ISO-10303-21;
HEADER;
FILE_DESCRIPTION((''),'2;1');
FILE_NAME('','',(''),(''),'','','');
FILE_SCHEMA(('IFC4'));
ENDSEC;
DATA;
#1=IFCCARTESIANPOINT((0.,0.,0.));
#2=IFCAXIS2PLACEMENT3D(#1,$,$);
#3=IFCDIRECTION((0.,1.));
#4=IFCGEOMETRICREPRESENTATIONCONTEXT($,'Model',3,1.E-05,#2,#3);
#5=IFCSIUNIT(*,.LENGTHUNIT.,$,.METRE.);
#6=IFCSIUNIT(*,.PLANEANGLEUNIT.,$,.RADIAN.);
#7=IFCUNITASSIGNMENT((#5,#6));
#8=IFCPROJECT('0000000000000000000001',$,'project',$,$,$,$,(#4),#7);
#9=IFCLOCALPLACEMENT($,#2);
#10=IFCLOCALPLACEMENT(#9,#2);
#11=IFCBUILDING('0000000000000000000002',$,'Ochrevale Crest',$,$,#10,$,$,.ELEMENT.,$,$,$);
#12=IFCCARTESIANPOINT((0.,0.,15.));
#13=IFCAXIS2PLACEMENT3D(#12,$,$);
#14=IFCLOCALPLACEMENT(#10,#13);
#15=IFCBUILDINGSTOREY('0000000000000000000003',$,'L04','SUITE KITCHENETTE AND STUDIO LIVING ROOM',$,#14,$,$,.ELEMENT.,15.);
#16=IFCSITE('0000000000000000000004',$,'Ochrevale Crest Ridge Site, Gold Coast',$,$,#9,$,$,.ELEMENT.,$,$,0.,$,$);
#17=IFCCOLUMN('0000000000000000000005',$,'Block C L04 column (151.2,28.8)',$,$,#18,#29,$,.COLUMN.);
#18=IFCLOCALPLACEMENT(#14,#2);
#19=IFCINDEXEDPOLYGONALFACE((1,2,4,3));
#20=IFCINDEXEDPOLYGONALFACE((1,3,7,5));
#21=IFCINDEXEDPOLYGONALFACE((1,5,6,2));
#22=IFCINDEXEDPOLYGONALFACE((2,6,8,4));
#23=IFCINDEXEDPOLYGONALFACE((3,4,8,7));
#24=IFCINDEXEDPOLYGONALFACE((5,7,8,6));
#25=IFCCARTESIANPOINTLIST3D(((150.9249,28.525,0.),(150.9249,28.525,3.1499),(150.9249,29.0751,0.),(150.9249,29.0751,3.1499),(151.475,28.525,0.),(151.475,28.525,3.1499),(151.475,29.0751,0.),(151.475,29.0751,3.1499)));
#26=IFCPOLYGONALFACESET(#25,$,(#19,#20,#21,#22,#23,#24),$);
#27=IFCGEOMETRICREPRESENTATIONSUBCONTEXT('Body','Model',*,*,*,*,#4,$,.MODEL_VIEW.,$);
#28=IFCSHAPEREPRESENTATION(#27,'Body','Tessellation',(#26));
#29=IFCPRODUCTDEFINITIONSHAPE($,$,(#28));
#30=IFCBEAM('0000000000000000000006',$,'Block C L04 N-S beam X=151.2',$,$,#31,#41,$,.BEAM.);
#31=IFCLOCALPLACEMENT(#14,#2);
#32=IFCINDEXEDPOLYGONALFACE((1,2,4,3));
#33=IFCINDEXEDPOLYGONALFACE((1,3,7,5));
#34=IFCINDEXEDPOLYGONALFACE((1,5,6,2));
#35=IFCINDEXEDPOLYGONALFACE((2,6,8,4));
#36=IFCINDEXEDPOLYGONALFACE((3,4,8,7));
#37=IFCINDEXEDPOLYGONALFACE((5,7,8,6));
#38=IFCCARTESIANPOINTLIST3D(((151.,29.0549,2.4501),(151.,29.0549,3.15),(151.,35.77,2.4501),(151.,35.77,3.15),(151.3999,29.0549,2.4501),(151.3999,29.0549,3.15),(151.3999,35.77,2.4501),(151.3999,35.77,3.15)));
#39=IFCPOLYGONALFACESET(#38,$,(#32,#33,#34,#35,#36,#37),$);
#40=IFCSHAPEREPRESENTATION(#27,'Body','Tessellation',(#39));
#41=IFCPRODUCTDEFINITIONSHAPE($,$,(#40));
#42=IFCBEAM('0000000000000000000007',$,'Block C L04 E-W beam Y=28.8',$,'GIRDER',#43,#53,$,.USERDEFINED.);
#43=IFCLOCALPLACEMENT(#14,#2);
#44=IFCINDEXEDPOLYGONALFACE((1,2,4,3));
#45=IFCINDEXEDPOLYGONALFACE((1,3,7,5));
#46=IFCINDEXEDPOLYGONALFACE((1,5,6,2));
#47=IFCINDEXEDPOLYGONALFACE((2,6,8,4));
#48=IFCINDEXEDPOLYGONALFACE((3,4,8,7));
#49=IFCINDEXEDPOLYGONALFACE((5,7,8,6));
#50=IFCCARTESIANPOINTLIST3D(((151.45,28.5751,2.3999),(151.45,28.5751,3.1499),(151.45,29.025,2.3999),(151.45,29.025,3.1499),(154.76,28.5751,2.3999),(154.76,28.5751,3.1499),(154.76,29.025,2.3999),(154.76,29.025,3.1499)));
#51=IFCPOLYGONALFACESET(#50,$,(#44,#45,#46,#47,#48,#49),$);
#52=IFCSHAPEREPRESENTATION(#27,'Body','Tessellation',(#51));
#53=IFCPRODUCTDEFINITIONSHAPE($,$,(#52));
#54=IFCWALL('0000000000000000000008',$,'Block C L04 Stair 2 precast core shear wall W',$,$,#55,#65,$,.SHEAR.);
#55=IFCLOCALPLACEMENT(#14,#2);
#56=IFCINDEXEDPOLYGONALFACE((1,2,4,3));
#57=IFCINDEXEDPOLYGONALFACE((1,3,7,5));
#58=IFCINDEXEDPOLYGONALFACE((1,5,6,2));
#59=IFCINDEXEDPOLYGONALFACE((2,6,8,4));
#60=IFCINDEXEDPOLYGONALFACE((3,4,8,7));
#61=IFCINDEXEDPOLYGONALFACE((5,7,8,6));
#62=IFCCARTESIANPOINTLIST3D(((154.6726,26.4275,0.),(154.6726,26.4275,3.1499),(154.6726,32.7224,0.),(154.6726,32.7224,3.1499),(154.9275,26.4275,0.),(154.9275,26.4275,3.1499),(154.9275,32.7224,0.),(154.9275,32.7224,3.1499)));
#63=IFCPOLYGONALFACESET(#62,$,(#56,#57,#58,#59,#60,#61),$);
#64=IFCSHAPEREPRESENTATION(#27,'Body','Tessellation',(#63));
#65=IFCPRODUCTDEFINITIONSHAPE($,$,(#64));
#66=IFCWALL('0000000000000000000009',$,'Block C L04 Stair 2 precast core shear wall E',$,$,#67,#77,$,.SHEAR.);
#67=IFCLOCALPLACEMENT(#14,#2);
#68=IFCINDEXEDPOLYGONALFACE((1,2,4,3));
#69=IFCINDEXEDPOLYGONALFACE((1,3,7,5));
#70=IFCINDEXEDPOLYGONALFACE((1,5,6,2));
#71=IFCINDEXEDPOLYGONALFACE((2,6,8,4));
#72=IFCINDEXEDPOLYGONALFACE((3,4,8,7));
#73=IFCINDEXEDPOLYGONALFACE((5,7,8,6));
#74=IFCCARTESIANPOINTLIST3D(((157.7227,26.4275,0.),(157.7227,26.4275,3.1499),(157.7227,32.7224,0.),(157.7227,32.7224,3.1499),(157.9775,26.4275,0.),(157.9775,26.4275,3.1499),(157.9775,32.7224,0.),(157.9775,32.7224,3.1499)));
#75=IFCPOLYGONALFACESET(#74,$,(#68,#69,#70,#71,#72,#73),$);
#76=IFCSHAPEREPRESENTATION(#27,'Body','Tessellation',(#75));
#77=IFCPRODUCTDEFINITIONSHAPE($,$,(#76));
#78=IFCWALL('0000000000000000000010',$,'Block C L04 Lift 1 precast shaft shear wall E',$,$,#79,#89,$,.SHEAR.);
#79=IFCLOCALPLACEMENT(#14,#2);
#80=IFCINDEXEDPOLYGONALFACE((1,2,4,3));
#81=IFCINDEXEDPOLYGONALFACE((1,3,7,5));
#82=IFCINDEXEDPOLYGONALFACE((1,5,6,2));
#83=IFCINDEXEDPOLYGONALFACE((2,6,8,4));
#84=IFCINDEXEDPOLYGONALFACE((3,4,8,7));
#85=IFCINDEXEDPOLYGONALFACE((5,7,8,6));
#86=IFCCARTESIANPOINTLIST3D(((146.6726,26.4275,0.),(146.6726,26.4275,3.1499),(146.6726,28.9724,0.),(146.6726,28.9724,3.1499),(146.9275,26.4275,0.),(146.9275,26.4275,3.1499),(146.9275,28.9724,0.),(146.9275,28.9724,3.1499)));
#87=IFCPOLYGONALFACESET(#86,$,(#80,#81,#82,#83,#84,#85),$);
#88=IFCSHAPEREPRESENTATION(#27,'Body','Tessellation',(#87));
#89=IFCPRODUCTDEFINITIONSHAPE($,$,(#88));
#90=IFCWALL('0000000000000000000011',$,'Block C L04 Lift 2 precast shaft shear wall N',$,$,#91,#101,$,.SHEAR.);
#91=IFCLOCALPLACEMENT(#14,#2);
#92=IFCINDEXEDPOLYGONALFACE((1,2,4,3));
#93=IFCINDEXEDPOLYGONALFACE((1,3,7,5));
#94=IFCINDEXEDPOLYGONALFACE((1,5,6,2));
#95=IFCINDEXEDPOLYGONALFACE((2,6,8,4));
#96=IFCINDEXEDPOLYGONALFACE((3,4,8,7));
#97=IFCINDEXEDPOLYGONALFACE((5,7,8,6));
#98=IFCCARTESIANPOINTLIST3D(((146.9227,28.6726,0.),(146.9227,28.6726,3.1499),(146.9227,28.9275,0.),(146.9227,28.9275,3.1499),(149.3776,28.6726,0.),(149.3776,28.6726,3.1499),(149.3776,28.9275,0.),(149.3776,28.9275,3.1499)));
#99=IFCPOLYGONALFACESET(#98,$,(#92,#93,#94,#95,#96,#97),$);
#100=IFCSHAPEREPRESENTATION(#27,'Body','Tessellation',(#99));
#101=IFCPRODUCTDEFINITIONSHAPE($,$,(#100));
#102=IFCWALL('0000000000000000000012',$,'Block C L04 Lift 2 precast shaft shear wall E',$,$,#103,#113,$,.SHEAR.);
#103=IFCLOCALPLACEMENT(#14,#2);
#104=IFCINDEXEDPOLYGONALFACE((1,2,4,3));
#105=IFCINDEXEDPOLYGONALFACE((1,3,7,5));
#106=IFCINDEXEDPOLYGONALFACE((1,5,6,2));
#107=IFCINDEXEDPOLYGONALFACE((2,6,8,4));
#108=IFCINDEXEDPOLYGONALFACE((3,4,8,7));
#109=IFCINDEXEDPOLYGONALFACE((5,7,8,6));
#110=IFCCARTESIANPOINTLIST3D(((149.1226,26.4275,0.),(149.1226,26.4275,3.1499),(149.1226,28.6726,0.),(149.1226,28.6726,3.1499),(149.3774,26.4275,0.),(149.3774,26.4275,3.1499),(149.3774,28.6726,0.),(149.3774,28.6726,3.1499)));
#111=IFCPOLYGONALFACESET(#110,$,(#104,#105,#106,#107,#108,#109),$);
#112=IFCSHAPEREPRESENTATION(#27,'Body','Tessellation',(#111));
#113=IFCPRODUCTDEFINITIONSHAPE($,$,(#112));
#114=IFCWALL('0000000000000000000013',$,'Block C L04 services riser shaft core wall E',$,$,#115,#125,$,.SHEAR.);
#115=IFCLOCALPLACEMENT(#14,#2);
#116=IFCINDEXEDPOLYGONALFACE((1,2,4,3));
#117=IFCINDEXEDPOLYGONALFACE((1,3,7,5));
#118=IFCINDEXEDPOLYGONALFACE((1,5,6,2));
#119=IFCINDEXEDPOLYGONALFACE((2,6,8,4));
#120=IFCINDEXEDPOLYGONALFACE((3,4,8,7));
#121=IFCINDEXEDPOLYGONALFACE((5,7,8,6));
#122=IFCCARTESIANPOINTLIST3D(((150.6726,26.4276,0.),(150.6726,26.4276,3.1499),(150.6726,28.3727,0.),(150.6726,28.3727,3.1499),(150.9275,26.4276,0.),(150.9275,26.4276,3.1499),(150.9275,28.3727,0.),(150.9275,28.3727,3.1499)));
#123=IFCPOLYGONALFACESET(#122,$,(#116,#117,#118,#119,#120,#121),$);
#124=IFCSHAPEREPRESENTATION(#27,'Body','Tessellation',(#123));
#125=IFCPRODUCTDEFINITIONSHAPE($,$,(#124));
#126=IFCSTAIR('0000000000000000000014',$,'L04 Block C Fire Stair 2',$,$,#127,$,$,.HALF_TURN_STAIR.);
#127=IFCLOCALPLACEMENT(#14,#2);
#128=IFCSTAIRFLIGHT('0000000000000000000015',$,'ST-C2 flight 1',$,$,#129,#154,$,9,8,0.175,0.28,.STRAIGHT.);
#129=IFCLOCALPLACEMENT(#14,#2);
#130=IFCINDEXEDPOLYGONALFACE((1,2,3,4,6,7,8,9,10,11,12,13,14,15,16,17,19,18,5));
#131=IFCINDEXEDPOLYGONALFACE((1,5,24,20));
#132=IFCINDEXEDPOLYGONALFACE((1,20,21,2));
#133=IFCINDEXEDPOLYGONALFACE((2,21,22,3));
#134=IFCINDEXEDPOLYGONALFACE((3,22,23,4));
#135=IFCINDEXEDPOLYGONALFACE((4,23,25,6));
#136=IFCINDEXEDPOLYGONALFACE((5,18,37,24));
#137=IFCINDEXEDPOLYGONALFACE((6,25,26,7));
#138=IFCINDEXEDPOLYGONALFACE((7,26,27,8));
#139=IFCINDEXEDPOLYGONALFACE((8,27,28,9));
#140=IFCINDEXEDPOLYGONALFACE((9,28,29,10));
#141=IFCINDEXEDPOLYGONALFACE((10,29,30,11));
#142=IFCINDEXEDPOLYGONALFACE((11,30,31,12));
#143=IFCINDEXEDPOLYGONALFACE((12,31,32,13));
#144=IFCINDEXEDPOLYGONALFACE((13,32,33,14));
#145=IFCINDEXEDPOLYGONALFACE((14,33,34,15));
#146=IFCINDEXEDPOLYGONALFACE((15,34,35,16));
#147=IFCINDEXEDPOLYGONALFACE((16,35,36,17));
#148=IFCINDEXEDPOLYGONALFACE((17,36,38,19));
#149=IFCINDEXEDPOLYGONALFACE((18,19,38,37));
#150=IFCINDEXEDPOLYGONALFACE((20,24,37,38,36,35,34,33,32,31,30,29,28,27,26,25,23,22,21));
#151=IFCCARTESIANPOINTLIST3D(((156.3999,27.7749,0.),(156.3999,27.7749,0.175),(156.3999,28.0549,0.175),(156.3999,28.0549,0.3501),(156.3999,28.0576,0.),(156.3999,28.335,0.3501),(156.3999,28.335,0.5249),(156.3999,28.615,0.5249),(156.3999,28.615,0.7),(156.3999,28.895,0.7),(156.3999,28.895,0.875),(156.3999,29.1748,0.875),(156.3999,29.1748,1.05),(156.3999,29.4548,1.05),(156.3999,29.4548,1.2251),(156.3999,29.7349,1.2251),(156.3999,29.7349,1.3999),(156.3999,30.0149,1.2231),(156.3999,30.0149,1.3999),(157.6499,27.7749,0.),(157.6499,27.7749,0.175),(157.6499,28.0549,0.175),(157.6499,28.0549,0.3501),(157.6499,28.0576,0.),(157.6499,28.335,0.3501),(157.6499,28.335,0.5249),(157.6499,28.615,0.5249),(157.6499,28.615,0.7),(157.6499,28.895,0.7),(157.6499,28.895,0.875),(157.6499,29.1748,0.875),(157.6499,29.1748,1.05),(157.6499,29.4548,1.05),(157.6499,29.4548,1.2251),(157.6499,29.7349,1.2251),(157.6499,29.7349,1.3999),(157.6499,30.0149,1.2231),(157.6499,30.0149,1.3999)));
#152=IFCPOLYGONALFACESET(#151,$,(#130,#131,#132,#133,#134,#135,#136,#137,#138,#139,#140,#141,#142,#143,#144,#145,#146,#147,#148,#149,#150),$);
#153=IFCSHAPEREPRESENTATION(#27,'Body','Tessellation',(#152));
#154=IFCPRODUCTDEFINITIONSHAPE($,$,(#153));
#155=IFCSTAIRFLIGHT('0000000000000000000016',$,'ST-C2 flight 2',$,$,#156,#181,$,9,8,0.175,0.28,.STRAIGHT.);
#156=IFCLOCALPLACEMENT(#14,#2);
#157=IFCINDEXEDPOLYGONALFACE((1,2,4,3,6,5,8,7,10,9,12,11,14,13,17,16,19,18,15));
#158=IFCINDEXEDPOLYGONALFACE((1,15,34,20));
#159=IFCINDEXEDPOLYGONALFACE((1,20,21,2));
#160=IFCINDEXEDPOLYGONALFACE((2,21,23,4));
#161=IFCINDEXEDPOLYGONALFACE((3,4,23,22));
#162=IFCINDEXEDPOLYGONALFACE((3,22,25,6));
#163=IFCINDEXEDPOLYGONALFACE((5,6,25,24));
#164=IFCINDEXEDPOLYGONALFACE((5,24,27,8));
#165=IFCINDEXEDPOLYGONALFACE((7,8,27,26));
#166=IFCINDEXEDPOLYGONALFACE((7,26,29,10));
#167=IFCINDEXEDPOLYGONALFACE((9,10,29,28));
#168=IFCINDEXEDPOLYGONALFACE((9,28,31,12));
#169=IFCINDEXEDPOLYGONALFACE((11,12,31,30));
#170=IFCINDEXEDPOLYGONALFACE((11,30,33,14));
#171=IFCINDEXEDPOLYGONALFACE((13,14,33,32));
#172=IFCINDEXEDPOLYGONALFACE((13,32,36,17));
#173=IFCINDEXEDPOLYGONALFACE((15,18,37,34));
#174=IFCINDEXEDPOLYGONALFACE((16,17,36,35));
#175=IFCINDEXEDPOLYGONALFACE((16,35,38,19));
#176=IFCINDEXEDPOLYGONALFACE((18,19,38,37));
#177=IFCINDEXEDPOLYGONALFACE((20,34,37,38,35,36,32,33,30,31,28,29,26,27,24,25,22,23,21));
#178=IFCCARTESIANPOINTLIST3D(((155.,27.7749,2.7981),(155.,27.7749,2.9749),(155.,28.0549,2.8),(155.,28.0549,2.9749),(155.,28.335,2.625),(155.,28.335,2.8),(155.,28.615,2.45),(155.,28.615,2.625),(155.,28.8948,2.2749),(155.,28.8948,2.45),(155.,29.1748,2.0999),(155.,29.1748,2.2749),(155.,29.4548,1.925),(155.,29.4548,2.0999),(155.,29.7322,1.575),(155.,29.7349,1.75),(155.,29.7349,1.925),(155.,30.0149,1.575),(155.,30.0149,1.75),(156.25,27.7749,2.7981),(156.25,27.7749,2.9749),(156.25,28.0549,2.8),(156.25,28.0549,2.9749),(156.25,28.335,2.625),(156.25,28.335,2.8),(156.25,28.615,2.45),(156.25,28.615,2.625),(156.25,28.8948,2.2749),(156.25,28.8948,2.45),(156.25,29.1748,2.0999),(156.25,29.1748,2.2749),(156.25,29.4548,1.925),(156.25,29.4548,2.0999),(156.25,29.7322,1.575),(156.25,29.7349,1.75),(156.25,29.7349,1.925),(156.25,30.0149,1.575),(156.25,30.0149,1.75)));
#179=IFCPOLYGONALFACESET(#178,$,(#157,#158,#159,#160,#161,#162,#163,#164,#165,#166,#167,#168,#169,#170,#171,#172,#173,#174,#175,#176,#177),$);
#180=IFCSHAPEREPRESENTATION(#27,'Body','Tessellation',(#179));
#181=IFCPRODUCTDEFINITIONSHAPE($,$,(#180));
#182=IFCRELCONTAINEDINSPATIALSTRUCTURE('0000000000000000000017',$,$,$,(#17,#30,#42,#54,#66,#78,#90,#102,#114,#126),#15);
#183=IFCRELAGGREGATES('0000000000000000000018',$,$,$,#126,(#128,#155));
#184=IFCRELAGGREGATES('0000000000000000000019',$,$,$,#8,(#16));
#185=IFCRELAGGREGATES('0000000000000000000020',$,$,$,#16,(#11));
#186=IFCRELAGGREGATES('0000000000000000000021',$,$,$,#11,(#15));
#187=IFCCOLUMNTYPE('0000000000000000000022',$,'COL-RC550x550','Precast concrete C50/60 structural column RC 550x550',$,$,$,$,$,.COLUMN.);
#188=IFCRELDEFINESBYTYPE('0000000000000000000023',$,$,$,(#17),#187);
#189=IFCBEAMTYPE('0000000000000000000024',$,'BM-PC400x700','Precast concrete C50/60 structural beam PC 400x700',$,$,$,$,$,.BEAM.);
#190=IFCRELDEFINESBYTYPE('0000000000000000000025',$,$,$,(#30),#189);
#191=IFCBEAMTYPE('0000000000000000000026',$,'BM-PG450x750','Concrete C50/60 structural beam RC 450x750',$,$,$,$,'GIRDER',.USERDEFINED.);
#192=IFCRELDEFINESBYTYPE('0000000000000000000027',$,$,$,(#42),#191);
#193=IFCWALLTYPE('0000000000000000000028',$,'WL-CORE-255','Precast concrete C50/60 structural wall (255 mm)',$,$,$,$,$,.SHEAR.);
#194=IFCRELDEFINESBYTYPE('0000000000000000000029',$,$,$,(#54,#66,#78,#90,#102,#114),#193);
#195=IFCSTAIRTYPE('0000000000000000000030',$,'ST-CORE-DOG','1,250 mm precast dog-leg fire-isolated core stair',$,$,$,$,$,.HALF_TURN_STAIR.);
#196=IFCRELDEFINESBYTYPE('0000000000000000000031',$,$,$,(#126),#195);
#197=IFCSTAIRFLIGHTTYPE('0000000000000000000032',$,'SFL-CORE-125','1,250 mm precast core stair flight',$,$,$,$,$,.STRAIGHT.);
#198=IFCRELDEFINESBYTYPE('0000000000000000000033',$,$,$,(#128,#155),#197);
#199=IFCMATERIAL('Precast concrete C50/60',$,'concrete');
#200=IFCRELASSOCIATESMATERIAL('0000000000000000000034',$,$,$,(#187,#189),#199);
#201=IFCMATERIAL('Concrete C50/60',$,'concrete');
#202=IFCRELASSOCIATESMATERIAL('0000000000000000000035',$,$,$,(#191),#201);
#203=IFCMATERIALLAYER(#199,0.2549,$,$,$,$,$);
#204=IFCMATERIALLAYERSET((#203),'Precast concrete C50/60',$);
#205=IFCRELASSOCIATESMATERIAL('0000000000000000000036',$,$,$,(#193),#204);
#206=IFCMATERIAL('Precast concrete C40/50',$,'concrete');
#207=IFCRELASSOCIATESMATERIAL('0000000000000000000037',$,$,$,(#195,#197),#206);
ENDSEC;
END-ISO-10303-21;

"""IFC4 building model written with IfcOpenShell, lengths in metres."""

from ifc_helpers import new_model, si_unit, direction, frame, frame_2d, origin, origin_2d, place, context, subcontext, project, spatial, polyline, rectangle, outline, extrude, material, layer, layer_set, material_profile, profile_set, type_object, element, aggregate, save


model = new_model("IFC4")

# Units and contexts
model_context = context("Model", 3, precision=1e-05, world=origin(), true_north=direction((0.0, 1.0)))
body_context = subcontext(model_context, "Body", "Model", "MODEL_VIEW")
ifc_project = project(units=[si_unit("LENGTHUNIT", "METRE"), si_unit("PLANEANGLEUNIT", "RADIAN")], contexts=[model_context])

# Site, building, storey
site_placement = place(None, origin())
site = spatial("IfcSite", under=ifc_project, at=site_placement, Name="Ochrevale Crest Ridge Site, Gold Coast", CompositionType="ELEMENT", RefElevation=0.0)
building_placement = place(site_placement, origin())
building = spatial("IfcBuilding", under=site, at=building_placement, Name="Ochrevale Crest", CompositionType="ELEMENT")
storey_placement = place(building_placement, frame((0.0, 0.0, 15.0)))
storey = spatial("IfcBuildingStorey", under=building, at=storey_placement, Name="L04", Description="SUITE KITCHENETTE AND STUDIO LIVING ROOM", CompositionType="ELEMENT", Elevation=15.0)

# Column
ifc_material_1 = material(Name="Precast concrete C50/60", Category="concrete")
ifc_material_profile_1 = material_profile(ifc_material_1, rectangle(XDim=0.55, YDim=0.55, at=origin_2d()), Name="RC 550x550")
ifc_profile_set_1 = profile_set([ifc_material_profile_1], Name="Precast concrete C50/60")
column_type = type_object("IfcColumnType", Name="COL-RC550x550", Description="Precast concrete C50/60 structural column RC 550x550", PredefinedType="COLUMN", material=ifc_profile_set_1)
column_placement = place(storey_placement, frame((151.2, 28.8, 0.0), z_axis=(0.0, 0.0, 1.0), x_axis=(1.0, 0.0, 0.0)))
element("IfcColumn", 1, at=column_placement, inside=storey, type_object=column_type, Name="Block C L04 column (151.2,28.8)", PredefinedType="COLUMN", context=body_context, shape_type="SweptSolid", body=[
    extrude(rectangle(XDim=0.55, YDim=0.55, at=origin_2d()), origin(), (0.0, 0.0, 1.0), 3.1499),
])

# Beams
ifc_material_profile_2 = material_profile(ifc_material_1, rectangle(XDim=0.3999, YDim=0.7, at=origin_2d()), Name="PC 400x700")
ifc_profile_set_2 = profile_set([ifc_material_profile_2], Name="Precast concrete C50/60")
beam_type_1 = type_object("IfcBeamType", Name="BM-PC400x700", Description="Precast concrete C50/60 structural beam PC 400x700", PredefinedType="BEAM", material=ifc_profile_set_2)
beam_1_placement = place(storey_placement, frame((151.2, 29.0549, 2.8), z_axis=(0.0, 1.0, 0.0), x_axis=(-1.0, 0.0, 0.0)))
element("IfcBeam", 2, at=beam_1_placement, inside=storey, type_object=beam_type_1, Name="Block C L04 N-S beam X=151.2", PredefinedType="BEAM", context=body_context, shape_type="SweptSolid", body=[
    extrude(rectangle(XDim=0.3999, YDim=0.7, at=origin_2d()), origin(), (0.0, 0.0, 1.0), 6.7151),
])
ifc_material_2 = material(Name="Concrete C50/60", Category="concrete")
ifc_material_profile_3 = material_profile(ifc_material_2, rectangle(XDim=0.45, YDim=0.75, at=origin_2d()), Name="RC 450x750")
ifc_profile_set_3 = profile_set([ifc_material_profile_3], Name="Concrete C50/60")
beam_type_2 = type_object("IfcBeamType", Name="BM-PG450x750", Description="Concrete C50/60 structural beam RC 450x750", ElementType="GIRDER", PredefinedType="USERDEFINED", material=ifc_profile_set_3)
beam_2_placement = place(storey_placement, frame((151.45, 28.8, 2.7749), z_axis=(1.0, 0.0, 0.0), x_axis=(0.0, 1.0, 0.0)))
element("IfcBeam", 3, at=beam_2_placement, inside=storey, type_object=beam_type_2, Name="Block C L04 E-W beam Y=28.8", ObjectType="GIRDER", PredefinedType="USERDEFINED", context=body_context, shape_type="SweptSolid", body=[
    extrude(rectangle(XDim=0.45, YDim=0.75, at=origin_2d()), origin(), (0.0, 0.0, 1.0), 3.3101),
])

# Shared definitions
ifc_layer = layer(ifc_material_1, 0.2549)
ifc_layer_set = layer_set([ifc_layer], Name="Precast concrete C50/60")
wall_type = type_object("IfcWallType", Name="WL-CORE-255", Description="Precast concrete C50/60 structural wall (255 mm)", PredefinedType="SHEAR", material=ifc_layer_set)

# Walls
for number, where, z_axis, x_axis, name in (
    (4, (154.8, 26.4275, 0.0), (0.0, 0.0, 1.0), (0.0, 1.0, 0.0), "Block C L04 Stair 2 precast core shear wall W"),
    (5, (157.8501, 26.4275, 0.0), (0.0, 0.0, 1.0), (0.0, 1.0, 0.0), "Block C L04 Stair 2 precast core shear wall E"),
):
    element("IfcWall", number, at=place(storey_placement, frame(where, z_axis=z_axis, x_axis=x_axis)), inside=storey, type_object=wall_type, Name=name, PredefinedType="SHEAR", context=body_context, shape_type="SweptSolid", body=[
        extrude(rectangle(XDim=6.2949, YDim=0.2549, at=frame_2d((3.1475, 0.0))), origin(), (0.0, 0.0, 1.0), 3.1499),
    ])
wall_1_placement = place(storey_placement, frame((146.8, 26.4275, 0.0), z_axis=(0.0, 0.0, 1.0), x_axis=(0.0, 1.0, 0.0)))
element("IfcWall", 6, at=wall_1_placement, inside=storey, type_object=wall_type, Name="Block C L04 Lift 1 precast shaft shear wall E", PredefinedType="SHEAR", context=body_context, shape_type="SweptSolid", body=[
    extrude(rectangle(XDim=2.5449, YDim=0.2549, at=frame_2d((1.2725, 0.0))), origin(), (0.0, 0.0, 1.0), 3.1499),
])

# Walls
wall_2_placement = place(storey_placement, frame((146.9226, 28.8, 0.0), z_axis=(0.0, 0.0, 1.0), x_axis=(1.0, 0.0, 0.0)))
element("IfcWall", 7, at=wall_2_placement, inside=storey, type_object=wall_type, Name="Block C L04 Lift 2 precast shaft shear wall N", PredefinedType="SHEAR", context=body_context, shape_type="SweptSolid", body=[
    extrude(rectangle(XDim=2.4548, YDim=0.2549, at=frame_2d((1.2275, 0.0))), origin(), (0.0, 0.0, 1.0), 3.1499),
])
wall_3_placement = place(storey_placement, frame((149.25, 26.4275, 0.0), z_axis=(0.0, 0.0, 1.0), x_axis=(0.0, 1.0, 0.0)))
element("IfcWall", 8, at=wall_3_placement, inside=storey, type_object=wall_type, Name="Block C L04 Lift 2 precast shaft shear wall E", PredefinedType="SHEAR", context=body_context, shape_type="SweptSolid", body=[
    extrude(rectangle(XDim=2.2451, YDim=0.2549, at=frame_2d((1.1226, 0.0))), origin(), (0.0, 0.0, 1.0), 3.1499),
])
wall_4_placement = place(storey_placement, frame((150.8, 26.4275, 0.0), z_axis=(0.0, 0.0, 1.0), x_axis=(0.0, 1.0, 0.0)))
element("IfcWall", 9, at=wall_4_placement, inside=storey, type_object=wall_type, Name="Block C L04 services riser shaft core wall E", PredefinedType="SHEAR", context=body_context, shape_type="SweptSolid", body=[
    extrude(rectangle(XDim=1.9451, YDim=0.2549, at=frame_2d((0.9727, 0.0))), origin(), (0.0, 0.0, 1.0), 3.1499),
])

# Stair, stair flights
ifc_material_3 = material(Name="Precast concrete C40/50", Category="concrete")
stair_type = type_object("IfcStairType", Name="ST-CORE-DOG", Description="1,250 mm precast dog-leg fire-isolated core stair", PredefinedType="HALF_TURN_STAIR", material=ifc_material_3)
stair_placement = place(storey_placement, origin())
stair = element("IfcStair", 10, at=stair_placement, inside=storey, type_object=stair_type, Name="L04 Block C Fire Stair 2", PredefinedType="HALF_TURN_STAIR")
stair_flight_type = type_object("IfcStairFlightType", Name="SFL-CORE-125", Description="1,250 mm precast core stair flight", PredefinedType="STRAIGHT", material=ifc_material_3)
stair_flight_1_placement = place(storey_placement, frame((157.0249, 27.7749, 0.0), z_axis=(0.0, 0.0, 1.0), x_axis=(0.0, 1.0, 0.0)))
stair_flight_1 = element("IfcStairFlight", 11, at=stair_flight_1_placement, type_object=stair_flight_type, Name="ST-C2 flight 1", NumberOfRisers=9, NumberOfTreads=8, PredefinedType="STRAIGHT", RiserHeight=0.175, TreadLength=0.28, context=body_context, shape_type="SweptSolid", body=[
    extrude(outline(polyline([(0.0, 0.0), (0.0, 0.175), (0.28, 0.175), (0.28, 0.3501), (0.5601, 0.3501), (0.5601, 0.5249), (0.8401, 0.5249), (0.8401, 0.7), (1.1201, 0.7), (1.1201, 0.875), (1.3999, 0.875), (1.3999, 1.05), (1.6799, 1.05), (1.6799, 1.2251), (1.96, 1.2251), (1.96, 1.3999), (2.24, 1.3999), (2.24, 1.575), (2.24, 1.2231), (0.2827, 0.0), (0.0, 0.0)])), frame((0.0, 0.625, 0.0), z_axis=(0.0, -1.0, 0.0), x_axis=(1.0, 0.0, 0.0)), (0.0, 0.0, 1.0), 1.25),
])
stair_flight_2_placement = place(storey_placement, frame((155.625, 30.0149, 1.575), z_axis=(0.0, 0.0, 1.0), x_axis=(0.0, -1.0, 0.0)))
stair_flight_2 = element("IfcStairFlight", 12, at=stair_flight_2_placement, type_object=stair_flight_type, Name="ST-C2 flight 2", NumberOfRisers=9, NumberOfTreads=8, PredefinedType="STRAIGHT", RiserHeight=0.175, TreadLength=0.28, context=body_context, shape_type="SweptSolid", body=[
    extrude(outline(polyline([(0.0, 0.0), (0.0, 0.175), (0.28, 0.175), (0.28, 0.3501), (0.5601, 0.3501), (0.5601, 0.5249), (0.8401, 0.5249), (0.8401, 0.7), (1.1201, 0.7), (1.1201, 0.875), (1.3999, 0.875), (1.3999, 1.05), (1.6799, 1.05), (1.6799, 1.2251), (1.96, 1.2251), (1.96, 1.3999), (2.24, 1.3999), (2.24, 1.575), (2.24, 1.2231), (0.2827, 0.0), (0.0, 0.0)])), frame((0.0, 0.625, 0.0), z_axis=(0.0, -1.0, 0.0), x_axis=(1.0, 0.0, 0.0)), (0.0, 0.0, 1.0), 1.25),
])
aggregate(stair, [stair_flight_1, stair_flight_2])

save(model, "model.ifc")
